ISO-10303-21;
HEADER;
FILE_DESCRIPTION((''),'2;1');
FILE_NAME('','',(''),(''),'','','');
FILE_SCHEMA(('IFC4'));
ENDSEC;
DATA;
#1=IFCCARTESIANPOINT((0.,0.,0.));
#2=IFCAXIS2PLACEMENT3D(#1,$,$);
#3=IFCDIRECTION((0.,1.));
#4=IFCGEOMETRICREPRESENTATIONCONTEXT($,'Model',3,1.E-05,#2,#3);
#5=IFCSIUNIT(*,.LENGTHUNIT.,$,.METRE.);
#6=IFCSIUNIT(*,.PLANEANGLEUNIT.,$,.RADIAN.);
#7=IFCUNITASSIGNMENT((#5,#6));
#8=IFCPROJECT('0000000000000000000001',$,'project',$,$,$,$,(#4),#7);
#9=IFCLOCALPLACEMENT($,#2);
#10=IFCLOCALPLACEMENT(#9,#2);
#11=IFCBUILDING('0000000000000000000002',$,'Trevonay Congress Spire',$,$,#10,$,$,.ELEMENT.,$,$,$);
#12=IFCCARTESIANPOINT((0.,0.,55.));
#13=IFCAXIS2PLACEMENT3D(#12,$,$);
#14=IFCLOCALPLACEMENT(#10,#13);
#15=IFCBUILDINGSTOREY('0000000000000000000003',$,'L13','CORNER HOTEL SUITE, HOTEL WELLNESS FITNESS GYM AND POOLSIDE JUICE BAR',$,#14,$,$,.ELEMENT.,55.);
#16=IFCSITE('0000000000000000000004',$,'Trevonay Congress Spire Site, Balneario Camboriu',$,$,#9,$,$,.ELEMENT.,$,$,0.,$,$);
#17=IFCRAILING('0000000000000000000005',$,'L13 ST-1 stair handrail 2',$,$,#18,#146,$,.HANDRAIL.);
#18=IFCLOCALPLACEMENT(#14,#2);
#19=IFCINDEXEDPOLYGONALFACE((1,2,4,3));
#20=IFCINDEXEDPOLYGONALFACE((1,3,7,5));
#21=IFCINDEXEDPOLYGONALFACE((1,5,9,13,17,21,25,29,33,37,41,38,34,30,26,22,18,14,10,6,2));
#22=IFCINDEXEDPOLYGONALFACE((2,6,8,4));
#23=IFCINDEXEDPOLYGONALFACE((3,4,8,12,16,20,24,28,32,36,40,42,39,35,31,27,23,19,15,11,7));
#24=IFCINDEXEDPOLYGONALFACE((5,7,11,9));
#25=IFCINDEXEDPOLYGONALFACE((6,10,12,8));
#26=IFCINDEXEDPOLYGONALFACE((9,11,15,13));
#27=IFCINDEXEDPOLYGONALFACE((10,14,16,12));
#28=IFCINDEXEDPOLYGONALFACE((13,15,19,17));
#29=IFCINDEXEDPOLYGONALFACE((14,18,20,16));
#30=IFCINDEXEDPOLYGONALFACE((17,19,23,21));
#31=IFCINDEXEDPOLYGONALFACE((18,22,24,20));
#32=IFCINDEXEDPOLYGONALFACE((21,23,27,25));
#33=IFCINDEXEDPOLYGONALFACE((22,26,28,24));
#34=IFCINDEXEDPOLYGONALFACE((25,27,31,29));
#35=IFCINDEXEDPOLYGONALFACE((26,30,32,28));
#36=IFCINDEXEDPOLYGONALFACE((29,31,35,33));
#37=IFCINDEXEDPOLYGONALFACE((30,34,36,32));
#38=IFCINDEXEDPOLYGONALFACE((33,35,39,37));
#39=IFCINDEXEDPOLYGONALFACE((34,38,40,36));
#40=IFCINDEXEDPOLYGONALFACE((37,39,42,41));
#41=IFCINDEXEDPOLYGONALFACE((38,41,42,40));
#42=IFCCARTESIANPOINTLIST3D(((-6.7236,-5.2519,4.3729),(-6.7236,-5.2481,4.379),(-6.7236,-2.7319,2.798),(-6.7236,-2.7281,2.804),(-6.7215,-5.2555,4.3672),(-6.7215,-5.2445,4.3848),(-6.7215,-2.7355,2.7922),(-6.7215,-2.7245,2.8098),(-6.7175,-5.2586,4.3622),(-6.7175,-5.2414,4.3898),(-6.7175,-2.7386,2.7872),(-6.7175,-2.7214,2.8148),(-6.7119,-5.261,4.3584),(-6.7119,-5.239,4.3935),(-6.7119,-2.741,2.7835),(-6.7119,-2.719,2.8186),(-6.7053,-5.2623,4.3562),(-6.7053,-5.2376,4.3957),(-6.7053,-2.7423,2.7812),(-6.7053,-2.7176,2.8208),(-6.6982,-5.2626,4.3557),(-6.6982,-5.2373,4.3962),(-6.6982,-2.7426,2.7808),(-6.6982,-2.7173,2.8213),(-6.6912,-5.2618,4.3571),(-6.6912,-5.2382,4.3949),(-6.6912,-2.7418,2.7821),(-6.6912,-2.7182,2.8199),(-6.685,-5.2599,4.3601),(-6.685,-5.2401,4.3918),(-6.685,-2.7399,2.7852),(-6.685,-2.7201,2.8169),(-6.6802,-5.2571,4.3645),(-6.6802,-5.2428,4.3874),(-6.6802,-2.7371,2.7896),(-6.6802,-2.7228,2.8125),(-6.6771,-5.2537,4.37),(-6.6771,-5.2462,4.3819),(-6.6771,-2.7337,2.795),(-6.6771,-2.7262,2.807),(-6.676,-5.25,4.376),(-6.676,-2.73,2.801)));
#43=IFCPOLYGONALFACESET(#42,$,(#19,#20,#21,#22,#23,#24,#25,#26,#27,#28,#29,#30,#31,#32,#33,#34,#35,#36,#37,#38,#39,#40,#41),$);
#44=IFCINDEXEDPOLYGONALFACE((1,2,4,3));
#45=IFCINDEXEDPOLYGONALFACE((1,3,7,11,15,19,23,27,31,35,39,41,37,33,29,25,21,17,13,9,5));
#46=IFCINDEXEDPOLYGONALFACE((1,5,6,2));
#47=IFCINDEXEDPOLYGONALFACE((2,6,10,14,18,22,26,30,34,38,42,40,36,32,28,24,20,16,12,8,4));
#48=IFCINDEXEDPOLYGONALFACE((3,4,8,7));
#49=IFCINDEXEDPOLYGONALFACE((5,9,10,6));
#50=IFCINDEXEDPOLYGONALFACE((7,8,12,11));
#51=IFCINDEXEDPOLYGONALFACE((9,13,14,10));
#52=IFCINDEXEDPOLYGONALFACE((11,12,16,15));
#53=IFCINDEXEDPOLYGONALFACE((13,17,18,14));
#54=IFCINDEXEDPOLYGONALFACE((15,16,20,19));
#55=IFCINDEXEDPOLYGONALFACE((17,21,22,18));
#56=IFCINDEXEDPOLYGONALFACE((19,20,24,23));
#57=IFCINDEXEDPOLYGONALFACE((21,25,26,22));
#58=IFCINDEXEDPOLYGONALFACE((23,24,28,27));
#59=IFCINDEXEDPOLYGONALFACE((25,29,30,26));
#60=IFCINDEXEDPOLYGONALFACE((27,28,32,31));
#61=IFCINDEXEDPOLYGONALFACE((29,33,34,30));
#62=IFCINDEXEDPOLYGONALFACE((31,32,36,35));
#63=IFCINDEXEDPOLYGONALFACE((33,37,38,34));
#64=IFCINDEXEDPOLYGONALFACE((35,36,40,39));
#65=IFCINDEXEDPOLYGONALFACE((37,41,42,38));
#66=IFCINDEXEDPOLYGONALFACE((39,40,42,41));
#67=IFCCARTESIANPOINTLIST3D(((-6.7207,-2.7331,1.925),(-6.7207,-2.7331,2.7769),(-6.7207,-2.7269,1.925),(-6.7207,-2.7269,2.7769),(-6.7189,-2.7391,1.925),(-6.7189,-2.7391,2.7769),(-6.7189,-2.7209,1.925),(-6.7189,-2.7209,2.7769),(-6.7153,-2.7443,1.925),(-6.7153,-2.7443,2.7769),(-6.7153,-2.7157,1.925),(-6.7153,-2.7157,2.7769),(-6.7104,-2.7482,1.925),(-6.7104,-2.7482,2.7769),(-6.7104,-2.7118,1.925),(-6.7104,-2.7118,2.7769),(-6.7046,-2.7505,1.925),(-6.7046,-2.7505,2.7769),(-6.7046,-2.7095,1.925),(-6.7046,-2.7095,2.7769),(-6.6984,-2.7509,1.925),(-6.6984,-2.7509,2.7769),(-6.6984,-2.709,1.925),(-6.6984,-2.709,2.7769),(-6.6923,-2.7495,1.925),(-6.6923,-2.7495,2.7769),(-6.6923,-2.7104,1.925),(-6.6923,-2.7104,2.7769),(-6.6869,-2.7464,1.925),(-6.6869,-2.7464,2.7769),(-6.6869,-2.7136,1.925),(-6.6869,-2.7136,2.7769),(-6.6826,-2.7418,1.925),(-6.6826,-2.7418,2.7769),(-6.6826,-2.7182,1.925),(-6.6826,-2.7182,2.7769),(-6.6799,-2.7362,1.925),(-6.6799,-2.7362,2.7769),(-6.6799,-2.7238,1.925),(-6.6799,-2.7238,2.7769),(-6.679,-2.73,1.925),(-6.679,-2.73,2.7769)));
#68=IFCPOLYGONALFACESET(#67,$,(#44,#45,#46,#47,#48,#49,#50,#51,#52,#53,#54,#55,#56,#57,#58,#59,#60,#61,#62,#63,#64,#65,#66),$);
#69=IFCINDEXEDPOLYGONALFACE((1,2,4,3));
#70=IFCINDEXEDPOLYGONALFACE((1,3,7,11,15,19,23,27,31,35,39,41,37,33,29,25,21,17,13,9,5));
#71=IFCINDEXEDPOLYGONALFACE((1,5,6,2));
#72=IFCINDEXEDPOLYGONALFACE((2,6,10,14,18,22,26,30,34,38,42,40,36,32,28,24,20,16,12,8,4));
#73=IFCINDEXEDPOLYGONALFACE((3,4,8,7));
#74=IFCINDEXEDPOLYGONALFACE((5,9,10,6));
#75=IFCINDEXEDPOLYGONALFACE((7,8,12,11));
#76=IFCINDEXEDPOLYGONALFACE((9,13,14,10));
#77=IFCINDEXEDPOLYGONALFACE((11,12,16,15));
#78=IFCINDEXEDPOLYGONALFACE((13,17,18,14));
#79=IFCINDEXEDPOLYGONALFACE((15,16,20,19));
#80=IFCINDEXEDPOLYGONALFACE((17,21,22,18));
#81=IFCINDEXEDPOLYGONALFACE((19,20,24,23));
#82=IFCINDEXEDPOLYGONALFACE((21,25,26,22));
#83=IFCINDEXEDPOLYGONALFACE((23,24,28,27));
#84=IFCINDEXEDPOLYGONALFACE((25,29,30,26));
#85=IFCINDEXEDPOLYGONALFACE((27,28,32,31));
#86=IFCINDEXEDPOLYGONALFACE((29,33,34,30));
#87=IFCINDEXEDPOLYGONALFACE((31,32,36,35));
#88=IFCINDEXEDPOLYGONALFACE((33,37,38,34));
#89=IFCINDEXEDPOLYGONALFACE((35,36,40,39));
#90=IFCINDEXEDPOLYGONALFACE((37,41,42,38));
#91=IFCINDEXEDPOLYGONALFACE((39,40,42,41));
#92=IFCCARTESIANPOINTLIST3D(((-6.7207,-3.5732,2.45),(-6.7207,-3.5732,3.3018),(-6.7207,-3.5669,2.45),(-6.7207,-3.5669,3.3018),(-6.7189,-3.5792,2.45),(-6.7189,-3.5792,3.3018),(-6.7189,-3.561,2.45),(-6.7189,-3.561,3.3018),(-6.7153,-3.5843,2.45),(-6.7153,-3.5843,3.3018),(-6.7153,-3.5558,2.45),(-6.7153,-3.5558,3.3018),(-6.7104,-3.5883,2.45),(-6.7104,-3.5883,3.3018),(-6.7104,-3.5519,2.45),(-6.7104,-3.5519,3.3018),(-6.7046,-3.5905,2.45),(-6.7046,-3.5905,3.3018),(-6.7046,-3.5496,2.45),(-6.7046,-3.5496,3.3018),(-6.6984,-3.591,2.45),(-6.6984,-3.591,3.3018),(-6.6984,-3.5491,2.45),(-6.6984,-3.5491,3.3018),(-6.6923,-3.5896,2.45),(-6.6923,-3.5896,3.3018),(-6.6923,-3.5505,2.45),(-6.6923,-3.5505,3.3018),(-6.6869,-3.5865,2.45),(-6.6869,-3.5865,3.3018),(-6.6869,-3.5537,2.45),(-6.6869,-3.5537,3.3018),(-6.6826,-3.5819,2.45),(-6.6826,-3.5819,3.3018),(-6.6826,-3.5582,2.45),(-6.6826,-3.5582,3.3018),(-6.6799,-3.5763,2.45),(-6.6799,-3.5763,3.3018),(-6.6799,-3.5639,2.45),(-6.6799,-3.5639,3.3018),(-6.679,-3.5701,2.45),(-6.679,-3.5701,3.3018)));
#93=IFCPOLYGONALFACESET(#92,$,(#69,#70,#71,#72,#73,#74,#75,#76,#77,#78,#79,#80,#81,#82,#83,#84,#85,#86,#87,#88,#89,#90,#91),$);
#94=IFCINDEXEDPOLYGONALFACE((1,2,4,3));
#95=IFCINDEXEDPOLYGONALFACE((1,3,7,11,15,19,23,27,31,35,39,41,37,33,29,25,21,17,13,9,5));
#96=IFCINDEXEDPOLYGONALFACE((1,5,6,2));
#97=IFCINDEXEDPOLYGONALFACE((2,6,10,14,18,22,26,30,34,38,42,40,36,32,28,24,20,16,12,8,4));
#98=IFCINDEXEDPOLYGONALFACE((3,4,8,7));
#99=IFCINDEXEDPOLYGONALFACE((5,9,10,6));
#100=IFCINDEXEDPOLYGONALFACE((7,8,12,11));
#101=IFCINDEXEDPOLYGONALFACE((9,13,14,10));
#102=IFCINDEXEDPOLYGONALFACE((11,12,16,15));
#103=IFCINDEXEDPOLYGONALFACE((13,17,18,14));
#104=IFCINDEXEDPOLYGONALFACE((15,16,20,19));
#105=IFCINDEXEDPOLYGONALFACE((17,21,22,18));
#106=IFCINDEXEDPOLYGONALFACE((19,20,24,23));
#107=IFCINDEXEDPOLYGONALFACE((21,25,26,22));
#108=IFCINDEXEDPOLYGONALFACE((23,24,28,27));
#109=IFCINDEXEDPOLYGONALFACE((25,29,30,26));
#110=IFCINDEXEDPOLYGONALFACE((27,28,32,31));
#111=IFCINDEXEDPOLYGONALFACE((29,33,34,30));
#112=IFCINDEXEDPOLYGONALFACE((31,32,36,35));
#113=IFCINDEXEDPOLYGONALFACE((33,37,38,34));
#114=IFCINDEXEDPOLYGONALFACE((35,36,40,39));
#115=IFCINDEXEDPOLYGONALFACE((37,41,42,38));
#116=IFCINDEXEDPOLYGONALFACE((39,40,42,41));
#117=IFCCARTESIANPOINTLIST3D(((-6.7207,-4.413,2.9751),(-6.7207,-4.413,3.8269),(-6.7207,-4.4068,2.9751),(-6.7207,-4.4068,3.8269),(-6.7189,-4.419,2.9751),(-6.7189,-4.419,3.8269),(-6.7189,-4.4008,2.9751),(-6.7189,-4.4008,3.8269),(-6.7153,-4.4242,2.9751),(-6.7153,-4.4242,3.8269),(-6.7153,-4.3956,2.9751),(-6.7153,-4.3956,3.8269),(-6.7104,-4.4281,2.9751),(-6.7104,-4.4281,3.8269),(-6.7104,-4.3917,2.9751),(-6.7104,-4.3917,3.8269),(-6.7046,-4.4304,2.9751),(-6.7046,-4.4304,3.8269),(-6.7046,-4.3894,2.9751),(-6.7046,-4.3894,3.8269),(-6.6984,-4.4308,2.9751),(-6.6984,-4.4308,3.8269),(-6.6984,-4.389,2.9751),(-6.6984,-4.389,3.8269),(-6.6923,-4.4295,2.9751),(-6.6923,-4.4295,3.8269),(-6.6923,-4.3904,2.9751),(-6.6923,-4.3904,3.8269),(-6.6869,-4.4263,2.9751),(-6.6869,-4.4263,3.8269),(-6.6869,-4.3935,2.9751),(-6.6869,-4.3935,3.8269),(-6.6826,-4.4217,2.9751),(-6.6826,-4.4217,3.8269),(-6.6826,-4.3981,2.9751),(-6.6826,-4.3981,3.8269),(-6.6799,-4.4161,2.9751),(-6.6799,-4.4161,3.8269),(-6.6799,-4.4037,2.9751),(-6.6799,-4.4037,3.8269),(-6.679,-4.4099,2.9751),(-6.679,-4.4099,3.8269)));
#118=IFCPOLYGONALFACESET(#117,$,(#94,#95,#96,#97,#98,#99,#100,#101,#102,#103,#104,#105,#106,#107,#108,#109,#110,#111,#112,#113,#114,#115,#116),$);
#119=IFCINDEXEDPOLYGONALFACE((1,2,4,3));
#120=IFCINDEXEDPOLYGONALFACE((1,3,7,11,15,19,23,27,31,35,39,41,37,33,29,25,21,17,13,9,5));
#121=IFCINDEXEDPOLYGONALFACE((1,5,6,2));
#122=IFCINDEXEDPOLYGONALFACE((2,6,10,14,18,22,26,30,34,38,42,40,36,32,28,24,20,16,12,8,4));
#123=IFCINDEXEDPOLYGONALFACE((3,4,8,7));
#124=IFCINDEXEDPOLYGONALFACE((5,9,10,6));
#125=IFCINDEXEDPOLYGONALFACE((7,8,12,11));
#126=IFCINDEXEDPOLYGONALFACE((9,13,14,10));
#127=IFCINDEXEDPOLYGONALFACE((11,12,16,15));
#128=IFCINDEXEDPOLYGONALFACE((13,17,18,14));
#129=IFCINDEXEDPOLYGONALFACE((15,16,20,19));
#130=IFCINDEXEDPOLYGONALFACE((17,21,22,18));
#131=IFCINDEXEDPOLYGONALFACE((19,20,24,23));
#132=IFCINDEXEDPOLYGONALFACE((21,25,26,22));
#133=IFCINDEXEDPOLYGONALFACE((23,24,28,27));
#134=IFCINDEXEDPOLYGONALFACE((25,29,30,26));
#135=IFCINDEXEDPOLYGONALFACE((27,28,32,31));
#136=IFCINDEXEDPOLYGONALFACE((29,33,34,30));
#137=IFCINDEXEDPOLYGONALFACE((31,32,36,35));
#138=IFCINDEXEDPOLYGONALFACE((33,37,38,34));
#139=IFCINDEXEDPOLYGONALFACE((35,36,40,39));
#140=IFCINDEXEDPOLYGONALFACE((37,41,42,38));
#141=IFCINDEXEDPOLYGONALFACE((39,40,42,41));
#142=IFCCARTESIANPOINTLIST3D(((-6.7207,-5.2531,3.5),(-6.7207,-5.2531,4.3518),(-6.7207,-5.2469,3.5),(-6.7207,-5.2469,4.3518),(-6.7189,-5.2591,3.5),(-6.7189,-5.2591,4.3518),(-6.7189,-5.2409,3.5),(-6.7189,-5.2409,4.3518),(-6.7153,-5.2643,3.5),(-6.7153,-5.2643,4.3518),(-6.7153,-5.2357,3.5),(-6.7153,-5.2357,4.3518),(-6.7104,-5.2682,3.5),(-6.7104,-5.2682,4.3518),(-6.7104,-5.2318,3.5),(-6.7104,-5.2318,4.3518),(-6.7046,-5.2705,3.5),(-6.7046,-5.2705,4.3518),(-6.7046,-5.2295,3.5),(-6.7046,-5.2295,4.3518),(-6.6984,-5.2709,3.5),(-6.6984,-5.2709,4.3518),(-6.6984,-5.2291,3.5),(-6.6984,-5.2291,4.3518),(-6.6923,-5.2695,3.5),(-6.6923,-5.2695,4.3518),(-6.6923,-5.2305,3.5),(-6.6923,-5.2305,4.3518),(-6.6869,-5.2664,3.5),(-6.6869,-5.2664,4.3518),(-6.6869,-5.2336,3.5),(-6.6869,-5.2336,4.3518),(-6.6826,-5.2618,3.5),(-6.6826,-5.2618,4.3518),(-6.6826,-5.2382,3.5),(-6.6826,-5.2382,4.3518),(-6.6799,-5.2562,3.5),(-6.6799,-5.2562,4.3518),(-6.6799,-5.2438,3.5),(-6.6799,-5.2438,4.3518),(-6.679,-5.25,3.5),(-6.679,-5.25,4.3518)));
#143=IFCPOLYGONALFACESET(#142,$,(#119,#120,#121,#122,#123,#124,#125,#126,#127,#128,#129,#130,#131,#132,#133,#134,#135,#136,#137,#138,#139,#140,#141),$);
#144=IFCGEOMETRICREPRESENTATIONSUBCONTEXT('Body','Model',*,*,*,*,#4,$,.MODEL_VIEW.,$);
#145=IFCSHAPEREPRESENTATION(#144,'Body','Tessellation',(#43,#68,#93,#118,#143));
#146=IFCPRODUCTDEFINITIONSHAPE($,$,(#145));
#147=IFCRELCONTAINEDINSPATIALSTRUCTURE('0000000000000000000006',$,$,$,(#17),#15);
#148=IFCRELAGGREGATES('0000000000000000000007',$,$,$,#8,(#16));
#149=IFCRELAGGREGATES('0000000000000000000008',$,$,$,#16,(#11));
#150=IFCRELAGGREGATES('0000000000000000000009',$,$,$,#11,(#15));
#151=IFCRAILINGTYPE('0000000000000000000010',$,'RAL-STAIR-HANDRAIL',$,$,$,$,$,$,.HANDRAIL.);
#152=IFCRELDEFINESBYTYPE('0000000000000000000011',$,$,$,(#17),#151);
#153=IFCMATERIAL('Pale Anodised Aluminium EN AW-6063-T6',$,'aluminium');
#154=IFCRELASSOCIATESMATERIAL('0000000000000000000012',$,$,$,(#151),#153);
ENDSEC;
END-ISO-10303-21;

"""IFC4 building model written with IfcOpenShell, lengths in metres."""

from ifc_helpers import new_model, si_unit, direction, frame, origin, origin_2d, place, context, subcontext, project, spatial, circle, extrude, material, type_object, element, save


model = new_model("IFC4")

# Units and contexts
model_context = context("Model", 3, precision=1e-05, world=origin(), true_north=direction((0.0, 1.0)))
body_context = subcontext(model_context, "Body", "Model", "MODEL_VIEW")
ifc_project = project(units=[si_unit("LENGTHUNIT", "METRE"), si_unit("PLANEANGLEUNIT", "RADIAN")], contexts=[model_context])

# Site, building, storey
site_placement = place(None, origin())
site = spatial("IfcSite", under=ifc_project, at=site_placement, Name="Trevonay Congress Spire Site, Balneario Camboriu", CompositionType="ELEMENT", RefElevation=0.0)
building_placement = place(site_placement, origin())
building = spatial("IfcBuilding", under=site, at=building_placement, Name="Trevonay Congress Spire", CompositionType="ELEMENT")
storey_placement = place(building_placement, frame((0.0, 0.0, 55.0)))
storey = spatial("IfcBuildingStorey", under=building, at=storey_placement, Name="L13", Description="CORNER HOTEL SUITE, HOTEL WELLNESS FITNESS GYM AND POOLSIDE JUICE BAR", CompositionType="ELEMENT", Elevation=55.0)

# Shared definitions
ifc_material_1 = material(Name="Pale Anodised Aluminium EN AW-6063-T6", Category="aluminium")

# Railing
railing_type_1 = type_object("IfcRailingType", Name="RAL-STAIR-HANDRAIL", PredefinedType="HANDRAIL", material=ifc_material_1)
railing_1_placement = place(storey_placement, frame((-6.7, -2.73, 1.925)))
element("IfcRailing", 1, at=railing_1_placement, inside=storey, type_object=railing_type_1, Name="L13 ST-1 stair handrail 2", PredefinedType="HANDRAIL", context=body_context, shape_type="SweptSolid", body=[
    extrude(circle(Radius=0.0239, at=origin_2d()), frame((0.0, 0.0, 0.876), z_axis=(0.0, -0.848008, 0.529984), x_axis=(1.0, 0.0, 0.0)), (0.0, 0.0, 1.0), 2.9717),
    extrude(circle(Radius=0.021, at=origin_2d()), origin(), (0.0, 0.0, 1.0), 0.8518),
    extrude(circle(Radius=0.021, at=origin_2d()), frame((0.0, -0.8401, 0.5249)), (0.0, 0.0, 1.0), 0.8518),
    extrude(circle(Radius=0.021, at=origin_2d()), frame((0.0, -1.6799, 1.05)), (0.0, 0.0, 1.0), 0.8518),
    extrude(circle(Radius=0.021, at=origin_2d()), frame((0.0, -2.52, 1.575)), (0.0, 0.0, 1.0), 0.8518),
])

save(model, "model.ifc")
